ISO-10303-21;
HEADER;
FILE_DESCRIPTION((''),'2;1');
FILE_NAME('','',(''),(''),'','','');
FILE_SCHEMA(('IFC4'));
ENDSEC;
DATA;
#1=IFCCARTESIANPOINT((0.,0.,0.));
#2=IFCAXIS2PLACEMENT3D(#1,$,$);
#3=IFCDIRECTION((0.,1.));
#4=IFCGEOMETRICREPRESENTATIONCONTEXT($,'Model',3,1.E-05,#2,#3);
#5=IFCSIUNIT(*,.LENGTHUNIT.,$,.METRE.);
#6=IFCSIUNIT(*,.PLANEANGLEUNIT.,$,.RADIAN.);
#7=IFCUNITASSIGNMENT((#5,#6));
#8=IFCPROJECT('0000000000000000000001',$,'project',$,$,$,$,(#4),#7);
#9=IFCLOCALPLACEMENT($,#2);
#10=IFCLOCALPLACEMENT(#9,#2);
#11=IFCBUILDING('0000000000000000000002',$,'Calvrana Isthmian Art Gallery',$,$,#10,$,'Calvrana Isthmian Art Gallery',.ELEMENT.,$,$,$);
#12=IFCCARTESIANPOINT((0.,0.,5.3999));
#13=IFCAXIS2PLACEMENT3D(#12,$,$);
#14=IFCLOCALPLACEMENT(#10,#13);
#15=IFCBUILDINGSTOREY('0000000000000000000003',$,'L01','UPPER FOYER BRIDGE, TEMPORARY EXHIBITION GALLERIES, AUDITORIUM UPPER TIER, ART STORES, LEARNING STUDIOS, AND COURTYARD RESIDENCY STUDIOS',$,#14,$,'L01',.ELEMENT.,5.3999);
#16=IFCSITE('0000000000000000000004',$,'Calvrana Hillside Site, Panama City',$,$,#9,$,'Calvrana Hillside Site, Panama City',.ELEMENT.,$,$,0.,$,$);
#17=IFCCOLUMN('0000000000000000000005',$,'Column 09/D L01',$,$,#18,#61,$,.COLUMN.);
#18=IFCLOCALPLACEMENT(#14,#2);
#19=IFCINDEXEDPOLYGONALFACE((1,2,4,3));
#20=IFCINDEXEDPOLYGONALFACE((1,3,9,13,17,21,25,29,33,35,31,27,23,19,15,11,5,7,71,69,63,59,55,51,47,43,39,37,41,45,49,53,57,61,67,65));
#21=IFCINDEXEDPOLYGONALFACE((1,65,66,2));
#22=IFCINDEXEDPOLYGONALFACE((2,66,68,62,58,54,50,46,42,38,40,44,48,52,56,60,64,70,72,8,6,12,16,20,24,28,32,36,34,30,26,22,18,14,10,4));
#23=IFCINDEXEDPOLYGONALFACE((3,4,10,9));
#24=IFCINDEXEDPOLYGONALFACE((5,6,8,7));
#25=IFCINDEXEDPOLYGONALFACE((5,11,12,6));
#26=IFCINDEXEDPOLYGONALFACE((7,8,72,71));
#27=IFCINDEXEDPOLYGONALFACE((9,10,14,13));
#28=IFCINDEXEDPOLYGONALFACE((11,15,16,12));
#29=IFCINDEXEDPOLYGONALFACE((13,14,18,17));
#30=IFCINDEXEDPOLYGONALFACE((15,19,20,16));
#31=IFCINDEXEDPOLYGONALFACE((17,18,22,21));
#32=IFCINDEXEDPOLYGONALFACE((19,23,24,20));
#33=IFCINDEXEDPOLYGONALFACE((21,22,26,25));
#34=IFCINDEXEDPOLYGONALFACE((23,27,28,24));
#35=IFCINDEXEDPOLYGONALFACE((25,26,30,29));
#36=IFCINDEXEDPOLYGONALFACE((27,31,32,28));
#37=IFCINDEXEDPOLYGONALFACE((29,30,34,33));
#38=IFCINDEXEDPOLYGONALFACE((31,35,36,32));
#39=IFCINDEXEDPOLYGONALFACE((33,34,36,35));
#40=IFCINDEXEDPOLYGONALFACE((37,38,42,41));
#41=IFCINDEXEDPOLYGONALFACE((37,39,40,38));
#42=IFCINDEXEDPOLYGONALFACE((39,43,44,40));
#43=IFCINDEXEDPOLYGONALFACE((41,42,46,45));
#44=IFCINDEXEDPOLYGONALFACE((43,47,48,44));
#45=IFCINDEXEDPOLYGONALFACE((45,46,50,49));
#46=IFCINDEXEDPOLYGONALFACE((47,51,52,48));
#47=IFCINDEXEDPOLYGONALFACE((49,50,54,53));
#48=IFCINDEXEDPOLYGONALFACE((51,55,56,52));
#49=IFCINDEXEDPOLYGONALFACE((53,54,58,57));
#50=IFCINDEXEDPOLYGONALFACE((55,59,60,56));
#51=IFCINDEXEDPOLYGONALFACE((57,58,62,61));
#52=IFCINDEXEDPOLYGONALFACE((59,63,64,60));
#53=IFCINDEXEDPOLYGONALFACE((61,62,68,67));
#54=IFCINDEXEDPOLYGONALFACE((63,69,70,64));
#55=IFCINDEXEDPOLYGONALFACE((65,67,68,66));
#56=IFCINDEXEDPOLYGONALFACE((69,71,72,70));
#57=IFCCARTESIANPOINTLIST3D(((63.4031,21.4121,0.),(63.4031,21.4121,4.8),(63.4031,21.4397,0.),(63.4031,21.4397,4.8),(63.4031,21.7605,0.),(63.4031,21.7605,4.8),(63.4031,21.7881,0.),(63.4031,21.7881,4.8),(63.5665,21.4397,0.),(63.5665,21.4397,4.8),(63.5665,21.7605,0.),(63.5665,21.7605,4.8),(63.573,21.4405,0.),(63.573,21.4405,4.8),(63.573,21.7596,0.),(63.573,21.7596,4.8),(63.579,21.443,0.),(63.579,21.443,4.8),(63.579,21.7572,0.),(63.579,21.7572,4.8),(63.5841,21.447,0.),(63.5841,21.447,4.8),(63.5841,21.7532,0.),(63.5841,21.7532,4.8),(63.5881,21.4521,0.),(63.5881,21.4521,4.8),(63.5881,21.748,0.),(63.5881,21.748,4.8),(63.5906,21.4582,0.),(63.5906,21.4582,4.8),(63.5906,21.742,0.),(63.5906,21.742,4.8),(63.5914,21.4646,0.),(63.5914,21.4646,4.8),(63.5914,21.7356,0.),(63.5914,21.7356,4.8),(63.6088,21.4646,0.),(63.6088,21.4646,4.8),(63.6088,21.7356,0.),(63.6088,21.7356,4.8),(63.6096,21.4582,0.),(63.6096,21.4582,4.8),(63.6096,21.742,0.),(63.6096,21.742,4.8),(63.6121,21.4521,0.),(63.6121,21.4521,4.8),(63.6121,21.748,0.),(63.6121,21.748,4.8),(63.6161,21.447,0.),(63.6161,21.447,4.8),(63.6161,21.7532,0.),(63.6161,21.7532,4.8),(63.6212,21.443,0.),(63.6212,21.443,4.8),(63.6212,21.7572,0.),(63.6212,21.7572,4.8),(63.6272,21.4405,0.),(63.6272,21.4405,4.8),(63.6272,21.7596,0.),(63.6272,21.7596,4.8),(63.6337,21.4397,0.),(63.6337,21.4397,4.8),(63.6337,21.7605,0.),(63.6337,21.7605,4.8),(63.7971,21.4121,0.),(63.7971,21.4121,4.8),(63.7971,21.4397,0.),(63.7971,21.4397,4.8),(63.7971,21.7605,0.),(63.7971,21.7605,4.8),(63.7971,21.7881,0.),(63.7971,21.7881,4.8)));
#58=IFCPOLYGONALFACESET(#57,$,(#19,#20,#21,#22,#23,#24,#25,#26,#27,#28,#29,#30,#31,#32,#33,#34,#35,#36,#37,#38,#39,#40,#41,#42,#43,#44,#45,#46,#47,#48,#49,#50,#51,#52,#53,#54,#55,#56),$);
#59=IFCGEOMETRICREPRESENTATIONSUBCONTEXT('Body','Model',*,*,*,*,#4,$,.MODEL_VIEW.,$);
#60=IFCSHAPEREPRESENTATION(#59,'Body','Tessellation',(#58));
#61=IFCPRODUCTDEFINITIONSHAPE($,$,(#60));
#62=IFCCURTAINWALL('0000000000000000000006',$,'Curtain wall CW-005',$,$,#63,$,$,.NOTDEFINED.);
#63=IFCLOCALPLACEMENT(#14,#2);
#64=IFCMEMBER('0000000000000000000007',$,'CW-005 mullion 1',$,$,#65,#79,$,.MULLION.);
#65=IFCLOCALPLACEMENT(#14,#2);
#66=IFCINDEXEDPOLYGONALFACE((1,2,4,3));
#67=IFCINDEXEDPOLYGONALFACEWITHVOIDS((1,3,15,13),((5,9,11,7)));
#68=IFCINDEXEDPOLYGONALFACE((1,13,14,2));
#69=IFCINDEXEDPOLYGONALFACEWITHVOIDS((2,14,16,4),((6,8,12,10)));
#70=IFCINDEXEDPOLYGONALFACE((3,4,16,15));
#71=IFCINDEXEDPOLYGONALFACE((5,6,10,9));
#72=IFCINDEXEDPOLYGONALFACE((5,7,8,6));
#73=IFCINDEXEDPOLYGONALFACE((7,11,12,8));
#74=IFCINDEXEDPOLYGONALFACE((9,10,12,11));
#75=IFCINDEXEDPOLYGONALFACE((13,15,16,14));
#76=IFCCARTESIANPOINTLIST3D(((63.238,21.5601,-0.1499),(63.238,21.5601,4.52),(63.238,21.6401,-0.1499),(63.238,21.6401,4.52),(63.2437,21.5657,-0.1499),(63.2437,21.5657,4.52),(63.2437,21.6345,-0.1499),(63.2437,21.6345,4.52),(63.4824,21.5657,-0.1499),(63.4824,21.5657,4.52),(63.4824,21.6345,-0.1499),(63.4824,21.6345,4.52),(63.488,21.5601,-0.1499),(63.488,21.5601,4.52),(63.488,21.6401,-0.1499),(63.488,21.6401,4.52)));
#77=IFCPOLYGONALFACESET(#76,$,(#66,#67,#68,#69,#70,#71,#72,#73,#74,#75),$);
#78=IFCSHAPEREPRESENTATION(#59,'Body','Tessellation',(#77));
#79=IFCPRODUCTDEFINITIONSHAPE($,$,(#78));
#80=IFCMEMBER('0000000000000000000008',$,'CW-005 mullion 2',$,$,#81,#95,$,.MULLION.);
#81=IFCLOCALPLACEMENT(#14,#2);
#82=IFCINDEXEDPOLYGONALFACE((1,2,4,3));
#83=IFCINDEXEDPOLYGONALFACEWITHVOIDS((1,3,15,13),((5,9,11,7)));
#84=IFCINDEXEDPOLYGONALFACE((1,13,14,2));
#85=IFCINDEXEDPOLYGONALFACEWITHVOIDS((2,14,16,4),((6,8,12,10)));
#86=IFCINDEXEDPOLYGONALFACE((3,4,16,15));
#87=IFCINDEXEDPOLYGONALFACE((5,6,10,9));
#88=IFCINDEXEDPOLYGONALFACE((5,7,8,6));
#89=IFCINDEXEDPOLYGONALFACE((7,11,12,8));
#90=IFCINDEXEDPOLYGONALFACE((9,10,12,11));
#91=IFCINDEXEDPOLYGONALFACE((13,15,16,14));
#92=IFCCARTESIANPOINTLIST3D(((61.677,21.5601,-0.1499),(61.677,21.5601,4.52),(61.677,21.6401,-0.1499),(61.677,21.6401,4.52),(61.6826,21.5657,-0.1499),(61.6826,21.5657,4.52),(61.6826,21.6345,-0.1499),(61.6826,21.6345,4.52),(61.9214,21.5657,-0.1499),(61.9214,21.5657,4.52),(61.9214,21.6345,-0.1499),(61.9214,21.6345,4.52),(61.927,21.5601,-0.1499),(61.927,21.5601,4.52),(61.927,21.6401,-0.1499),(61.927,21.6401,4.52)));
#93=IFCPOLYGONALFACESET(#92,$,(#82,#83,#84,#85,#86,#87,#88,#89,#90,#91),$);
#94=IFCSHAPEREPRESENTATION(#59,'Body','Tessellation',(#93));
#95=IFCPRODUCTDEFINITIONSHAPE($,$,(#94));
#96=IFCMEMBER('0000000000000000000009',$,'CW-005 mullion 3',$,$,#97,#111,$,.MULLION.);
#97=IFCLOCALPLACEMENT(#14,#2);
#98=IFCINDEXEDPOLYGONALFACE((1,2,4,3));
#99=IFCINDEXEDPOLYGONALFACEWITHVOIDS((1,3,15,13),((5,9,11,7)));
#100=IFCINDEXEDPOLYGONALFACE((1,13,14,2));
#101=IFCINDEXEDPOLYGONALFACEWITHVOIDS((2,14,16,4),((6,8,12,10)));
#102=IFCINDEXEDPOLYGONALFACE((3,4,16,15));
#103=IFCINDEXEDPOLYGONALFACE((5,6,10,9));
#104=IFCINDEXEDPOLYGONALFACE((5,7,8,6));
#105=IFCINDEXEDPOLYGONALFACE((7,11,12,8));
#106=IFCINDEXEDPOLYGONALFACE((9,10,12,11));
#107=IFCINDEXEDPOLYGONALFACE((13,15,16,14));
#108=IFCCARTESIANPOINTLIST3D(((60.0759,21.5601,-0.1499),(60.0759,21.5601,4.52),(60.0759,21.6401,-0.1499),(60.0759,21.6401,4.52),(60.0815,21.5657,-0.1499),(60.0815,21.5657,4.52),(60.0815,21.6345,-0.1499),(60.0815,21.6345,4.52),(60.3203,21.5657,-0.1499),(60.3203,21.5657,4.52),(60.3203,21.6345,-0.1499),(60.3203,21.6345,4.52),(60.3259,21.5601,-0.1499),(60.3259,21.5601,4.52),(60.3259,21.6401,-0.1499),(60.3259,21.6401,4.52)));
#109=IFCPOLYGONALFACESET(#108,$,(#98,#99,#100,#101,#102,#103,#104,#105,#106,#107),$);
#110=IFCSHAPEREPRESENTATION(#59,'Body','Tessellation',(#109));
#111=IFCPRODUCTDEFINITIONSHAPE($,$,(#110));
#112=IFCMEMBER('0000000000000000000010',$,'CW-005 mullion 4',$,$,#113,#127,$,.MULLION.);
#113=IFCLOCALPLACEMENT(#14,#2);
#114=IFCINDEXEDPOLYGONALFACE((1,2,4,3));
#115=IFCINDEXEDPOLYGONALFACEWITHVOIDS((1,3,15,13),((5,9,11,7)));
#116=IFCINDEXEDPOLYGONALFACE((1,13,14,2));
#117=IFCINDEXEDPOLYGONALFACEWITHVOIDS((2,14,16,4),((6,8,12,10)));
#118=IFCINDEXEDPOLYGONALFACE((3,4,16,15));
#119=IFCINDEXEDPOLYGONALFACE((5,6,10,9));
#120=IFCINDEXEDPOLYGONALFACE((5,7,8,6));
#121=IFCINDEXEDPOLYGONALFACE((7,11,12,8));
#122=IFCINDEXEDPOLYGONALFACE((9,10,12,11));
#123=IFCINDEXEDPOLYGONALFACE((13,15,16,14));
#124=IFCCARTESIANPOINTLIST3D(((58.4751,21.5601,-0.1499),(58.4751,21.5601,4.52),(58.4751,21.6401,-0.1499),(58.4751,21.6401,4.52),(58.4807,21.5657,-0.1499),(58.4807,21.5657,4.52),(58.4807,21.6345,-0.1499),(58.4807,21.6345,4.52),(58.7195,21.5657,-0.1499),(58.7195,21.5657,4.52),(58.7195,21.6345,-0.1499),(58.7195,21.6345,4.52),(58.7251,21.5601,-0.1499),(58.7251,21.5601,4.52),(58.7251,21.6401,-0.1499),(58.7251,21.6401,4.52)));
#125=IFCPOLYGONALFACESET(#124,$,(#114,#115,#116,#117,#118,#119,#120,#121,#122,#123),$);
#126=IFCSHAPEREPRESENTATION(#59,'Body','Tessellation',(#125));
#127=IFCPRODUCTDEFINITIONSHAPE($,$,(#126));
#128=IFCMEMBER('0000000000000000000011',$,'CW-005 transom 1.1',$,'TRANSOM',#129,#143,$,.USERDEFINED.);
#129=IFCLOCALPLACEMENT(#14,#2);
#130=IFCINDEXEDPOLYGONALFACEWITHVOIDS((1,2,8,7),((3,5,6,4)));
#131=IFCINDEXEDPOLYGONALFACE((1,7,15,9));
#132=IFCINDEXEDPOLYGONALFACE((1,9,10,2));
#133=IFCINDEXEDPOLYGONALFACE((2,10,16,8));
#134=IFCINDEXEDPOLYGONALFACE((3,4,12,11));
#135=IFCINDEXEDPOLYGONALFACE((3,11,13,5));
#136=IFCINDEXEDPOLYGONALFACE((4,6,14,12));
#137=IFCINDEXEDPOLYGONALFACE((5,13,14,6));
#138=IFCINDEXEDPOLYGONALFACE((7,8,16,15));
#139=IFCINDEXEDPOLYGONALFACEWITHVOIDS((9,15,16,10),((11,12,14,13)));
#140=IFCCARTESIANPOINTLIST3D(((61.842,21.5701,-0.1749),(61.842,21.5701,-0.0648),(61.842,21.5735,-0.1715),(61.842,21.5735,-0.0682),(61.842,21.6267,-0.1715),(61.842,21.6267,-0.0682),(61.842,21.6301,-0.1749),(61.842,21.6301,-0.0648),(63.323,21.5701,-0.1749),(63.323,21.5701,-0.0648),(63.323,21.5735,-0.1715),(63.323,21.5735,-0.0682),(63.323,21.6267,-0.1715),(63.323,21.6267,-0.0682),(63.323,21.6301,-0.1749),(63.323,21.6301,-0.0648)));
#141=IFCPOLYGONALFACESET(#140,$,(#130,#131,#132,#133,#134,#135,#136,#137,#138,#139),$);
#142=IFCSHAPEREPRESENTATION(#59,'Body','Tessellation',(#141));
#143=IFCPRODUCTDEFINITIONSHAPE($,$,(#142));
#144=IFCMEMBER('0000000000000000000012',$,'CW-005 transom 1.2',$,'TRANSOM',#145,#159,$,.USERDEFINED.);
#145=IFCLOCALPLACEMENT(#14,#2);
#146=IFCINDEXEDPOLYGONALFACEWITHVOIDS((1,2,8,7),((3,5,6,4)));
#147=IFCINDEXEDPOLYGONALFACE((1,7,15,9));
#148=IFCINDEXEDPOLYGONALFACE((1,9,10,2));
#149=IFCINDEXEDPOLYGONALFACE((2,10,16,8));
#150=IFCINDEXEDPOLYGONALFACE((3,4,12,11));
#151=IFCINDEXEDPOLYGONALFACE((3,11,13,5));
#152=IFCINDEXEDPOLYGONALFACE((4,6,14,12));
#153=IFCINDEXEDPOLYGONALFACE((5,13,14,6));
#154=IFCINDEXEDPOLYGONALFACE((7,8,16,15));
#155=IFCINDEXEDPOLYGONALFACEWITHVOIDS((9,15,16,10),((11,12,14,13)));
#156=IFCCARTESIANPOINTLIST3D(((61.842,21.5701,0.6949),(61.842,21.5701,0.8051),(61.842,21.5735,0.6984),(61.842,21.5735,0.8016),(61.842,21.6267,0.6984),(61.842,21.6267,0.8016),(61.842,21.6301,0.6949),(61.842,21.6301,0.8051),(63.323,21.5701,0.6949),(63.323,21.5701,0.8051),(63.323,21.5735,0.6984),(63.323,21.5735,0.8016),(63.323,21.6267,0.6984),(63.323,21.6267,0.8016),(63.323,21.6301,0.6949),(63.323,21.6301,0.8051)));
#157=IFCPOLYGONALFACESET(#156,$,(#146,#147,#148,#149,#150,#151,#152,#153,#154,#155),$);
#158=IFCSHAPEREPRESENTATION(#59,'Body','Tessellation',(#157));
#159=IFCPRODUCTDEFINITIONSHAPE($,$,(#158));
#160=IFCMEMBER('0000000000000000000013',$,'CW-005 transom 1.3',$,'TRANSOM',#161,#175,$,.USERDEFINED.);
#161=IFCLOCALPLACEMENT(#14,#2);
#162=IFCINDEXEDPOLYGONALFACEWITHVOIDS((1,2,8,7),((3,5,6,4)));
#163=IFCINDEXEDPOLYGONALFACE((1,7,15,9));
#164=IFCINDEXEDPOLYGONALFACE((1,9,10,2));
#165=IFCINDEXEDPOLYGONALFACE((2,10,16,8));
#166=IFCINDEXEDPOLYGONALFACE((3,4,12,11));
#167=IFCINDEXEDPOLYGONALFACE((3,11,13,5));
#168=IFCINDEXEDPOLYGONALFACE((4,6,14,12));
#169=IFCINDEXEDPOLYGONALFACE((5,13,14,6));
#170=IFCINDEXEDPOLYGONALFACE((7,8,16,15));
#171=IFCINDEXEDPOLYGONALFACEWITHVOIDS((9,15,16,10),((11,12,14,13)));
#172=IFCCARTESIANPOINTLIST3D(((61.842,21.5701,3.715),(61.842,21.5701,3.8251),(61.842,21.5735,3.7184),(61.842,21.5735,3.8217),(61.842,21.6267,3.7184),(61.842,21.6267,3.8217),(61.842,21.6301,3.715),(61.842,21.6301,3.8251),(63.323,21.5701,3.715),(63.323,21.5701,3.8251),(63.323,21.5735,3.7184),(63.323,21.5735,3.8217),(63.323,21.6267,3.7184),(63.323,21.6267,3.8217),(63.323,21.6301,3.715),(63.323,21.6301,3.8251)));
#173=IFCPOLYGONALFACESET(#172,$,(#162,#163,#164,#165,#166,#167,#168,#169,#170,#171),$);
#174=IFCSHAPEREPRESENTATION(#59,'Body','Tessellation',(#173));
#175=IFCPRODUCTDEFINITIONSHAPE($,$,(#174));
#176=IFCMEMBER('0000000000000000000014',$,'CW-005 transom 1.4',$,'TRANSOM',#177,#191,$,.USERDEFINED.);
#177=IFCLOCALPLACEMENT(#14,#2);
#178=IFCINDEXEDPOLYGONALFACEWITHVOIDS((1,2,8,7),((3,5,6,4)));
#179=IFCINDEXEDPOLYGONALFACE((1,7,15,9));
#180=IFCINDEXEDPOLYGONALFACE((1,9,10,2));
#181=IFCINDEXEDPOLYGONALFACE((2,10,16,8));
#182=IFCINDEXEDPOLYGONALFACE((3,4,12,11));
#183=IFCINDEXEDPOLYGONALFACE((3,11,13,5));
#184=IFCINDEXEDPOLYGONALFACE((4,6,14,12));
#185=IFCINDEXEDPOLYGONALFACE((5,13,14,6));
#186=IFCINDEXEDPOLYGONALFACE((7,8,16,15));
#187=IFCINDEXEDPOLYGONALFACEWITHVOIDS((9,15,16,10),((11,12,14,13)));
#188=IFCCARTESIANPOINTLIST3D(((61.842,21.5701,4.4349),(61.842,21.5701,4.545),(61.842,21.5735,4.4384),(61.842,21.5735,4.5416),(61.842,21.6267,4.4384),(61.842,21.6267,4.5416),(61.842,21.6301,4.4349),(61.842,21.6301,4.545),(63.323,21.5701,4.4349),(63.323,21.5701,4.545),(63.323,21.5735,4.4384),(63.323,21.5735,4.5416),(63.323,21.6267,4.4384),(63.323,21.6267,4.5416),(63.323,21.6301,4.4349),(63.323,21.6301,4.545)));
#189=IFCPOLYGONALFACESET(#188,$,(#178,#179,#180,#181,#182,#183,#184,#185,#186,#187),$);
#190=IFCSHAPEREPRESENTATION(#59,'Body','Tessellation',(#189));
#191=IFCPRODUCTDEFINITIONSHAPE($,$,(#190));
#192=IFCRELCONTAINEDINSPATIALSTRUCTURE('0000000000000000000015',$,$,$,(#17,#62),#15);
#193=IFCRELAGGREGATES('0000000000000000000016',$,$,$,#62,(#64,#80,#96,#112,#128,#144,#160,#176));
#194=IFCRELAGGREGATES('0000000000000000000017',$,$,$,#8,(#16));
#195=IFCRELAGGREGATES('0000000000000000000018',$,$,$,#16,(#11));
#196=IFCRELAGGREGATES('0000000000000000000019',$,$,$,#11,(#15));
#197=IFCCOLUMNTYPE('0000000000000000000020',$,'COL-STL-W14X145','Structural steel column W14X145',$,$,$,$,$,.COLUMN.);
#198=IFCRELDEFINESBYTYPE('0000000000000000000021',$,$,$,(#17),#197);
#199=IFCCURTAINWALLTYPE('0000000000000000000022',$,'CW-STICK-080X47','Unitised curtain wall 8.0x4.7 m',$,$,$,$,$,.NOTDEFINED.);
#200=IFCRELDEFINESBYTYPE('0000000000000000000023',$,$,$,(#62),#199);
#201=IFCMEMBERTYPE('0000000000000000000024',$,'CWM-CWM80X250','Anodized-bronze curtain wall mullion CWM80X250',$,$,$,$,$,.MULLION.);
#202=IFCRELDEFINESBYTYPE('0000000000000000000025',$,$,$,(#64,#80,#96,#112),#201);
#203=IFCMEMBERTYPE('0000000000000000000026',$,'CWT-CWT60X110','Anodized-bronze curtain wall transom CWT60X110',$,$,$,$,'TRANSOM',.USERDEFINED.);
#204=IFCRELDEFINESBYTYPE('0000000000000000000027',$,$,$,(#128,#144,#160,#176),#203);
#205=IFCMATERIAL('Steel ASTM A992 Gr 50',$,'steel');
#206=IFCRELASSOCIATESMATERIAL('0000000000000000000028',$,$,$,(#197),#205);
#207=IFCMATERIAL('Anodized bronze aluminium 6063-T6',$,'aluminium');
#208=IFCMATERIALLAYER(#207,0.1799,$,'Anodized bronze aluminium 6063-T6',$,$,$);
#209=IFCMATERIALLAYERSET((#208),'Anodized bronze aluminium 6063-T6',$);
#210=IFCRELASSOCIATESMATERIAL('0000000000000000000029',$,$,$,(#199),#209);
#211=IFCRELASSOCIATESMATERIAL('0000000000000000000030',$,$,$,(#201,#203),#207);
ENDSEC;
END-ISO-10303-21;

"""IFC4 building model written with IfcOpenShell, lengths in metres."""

from ifc_helpers import new_model, si_unit, direction, frame, origin, origin_2d, place, context, subcontext, project, spatial, hollow_rectangle, i_section, extrude, material, layer, layer_set, material_profile, profile_set, type_object, element, aggregate, save


model = new_model("IFC4")

# Units and contexts
model_context = context("Model", 3, precision=1e-05, world=origin(), true_north=direction((0.0, 1.0)))
body_context = subcontext(model_context, "Body", "Model", "MODEL_VIEW")
ifc_project = project(units=[si_unit("LENGTHUNIT", "METRE"), si_unit("PLANEANGLEUNIT", "RADIAN")], contexts=[model_context])

# Site, building, storey
site_placement = place(None, origin())
site = spatial("IfcSite", under=ifc_project, at=site_placement, Name="Calvrana Hillside Site, Panama City", LongName="Calvrana Hillside Site, Panama City", CompositionType="ELEMENT", RefElevation=0.0)
building_placement = place(site_placement, origin())
building = spatial("IfcBuilding", under=site, at=building_placement, Name="Calvrana Isthmian Art Gallery", LongName="Calvrana Isthmian Art Gallery", CompositionType="ELEMENT")
storey_placement = place(building_placement, frame((0.0, 0.0, 5.3999)))
storey = spatial("IfcBuildingStorey", under=building, at=storey_placement, Name="L01", Description="UPPER FOYER BRIDGE, TEMPORARY EXHIBITION GALLERIES, AUDITORIUM UPPER TIER, ART STORES, LEARNING STUDIOS, AND COURTYARD RESIDENCY STUDIOS", LongName="L01", CompositionType="ELEMENT", Elevation=5.3999)

# Column
ifc_material_1 = material(Name="Steel ASTM A992 Gr 50", Category="steel")
ifc_material_profile_1 = material_profile(ifc_material_1, i_section(OverallWidth=0.394, OverallDepth=0.376, WebThickness=0.0173, FlangeThickness=0.0276, FilletRadius=0.0249, at=origin_2d()), Name="W14X145")
ifc_profile_set_1 = profile_set([ifc_material_profile_1], Name="Steel ASTM A992 Gr 50")
column_type = type_object("IfcColumnType", Name="COL-STL-W14X145", Description="Structural steel column W14X145", PredefinedType="COLUMN", material=ifc_profile_set_1)
column_placement = place(storey_placement, frame((63.6001, 21.6001, 0.0), z_axis=(0.0, 0.0, 1.0), x_axis=(1.0, 0.0, 0.0)))
element("IfcColumn", 1, at=column_placement, inside=storey, type_object=column_type, Name="Column 09/D L01", PredefinedType="COLUMN", context=body_context, shape_type="SweptSolid", body=[
    extrude(i_section(OverallWidth=0.394, OverallDepth=0.376, WebThickness=0.0173, FlangeThickness=0.0276, FilletRadius=0.0249, at=origin_2d()), origin(), (0.0, 0.0, 1.0), 4.8),
])

# Curtain wall, members
ifc_material_2 = material(Name="Anodized bronze aluminium 6063-T6", Category="aluminium")
ifc_layer_1 = layer(ifc_material_2, 0.1799, Name="Anodized bronze aluminium 6063-T6")
ifc_layer_set_1 = layer_set([ifc_layer_1], Name="Anodized bronze aluminium 6063-T6")
curtain_wall_type = type_object("IfcCurtainWallType", Name="CW-STICK-080X47", Description="Unitised curtain wall 8.0x4.7 m", PredefinedType="NOTDEFINED", material=ifc_layer_set_1)
curtain_wall_placement = place(storey_placement, origin())
curtain_wall = element("IfcCurtainWall", 2, at=curtain_wall_placement, inside=storey, type_object=curtain_wall_type, Name="Curtain wall CW-005", PredefinedType="NOTDEFINED")
ifc_material_profile_2 = material_profile(ifc_material_2, hollow_rectangle(XDim=0.0801, YDim=0.25, WallThickness=0.0056, at=origin_2d()), Name="CWM80X250")
ifc_profile_set_2 = profile_set([ifc_material_profile_2], Name="Anodized bronze aluminium 6063-T6")
member_type_1 = type_object("IfcMemberType", Name="CWM-CWM80X250", Description="Anodized-bronze curtain wall mullion CWM80X250", PredefinedType="MULLION", material=ifc_profile_set_2)
member_1_placement = place(storey_placement, frame((63.363, 21.6001, -0.1499), z_axis=(0.0, 0.0, 1.0), x_axis=(0.0, -1.0, 0.0)))
member_1 = element("IfcMember", 3, at=member_1_placement, type_object=member_type_1, Name="CW-005 mullion 1", PredefinedType="MULLION", context=body_context, shape_type="SweptSolid", body=[
    extrude(hollow_rectangle(XDim=0.0801, YDim=0.25, WallThickness=0.0056, at=origin_2d()), origin(), (0.0, 0.0, 1.0), 4.6699),
])
member_2_placement = place(storey_placement, frame((61.802, 21.6001, -0.1499), z_axis=(0.0, 0.0, 1.0), x_axis=(0.0, -1.0, 0.0)))
member_2 = element("IfcMember", 4, at=member_2_placement, type_object=member_type_1, Name="CW-005 mullion 2", PredefinedType="MULLION", context=body_context, shape_type="SweptSolid", body=[
    extrude(hollow_rectangle(XDim=0.0801, YDim=0.25, WallThickness=0.0056, at=origin_2d()), origin(), (0.0, 0.0, 1.0), 4.6699),
])
member_3_placement = place(storey_placement, frame((60.2009, 21.6001, -0.1499), z_axis=(0.0, 0.0, 1.0), x_axis=(0.0, -1.0, 0.0)))
member_3 = element("IfcMember", 5, at=member_3_placement, type_object=member_type_1, Name="CW-005 mullion 3", PredefinedType="MULLION", context=body_context, shape_type="SweptSolid", body=[
    extrude(hollow_rectangle(XDim=0.0801, YDim=0.25, WallThickness=0.0056, at=origin_2d()), origin(), (0.0, 0.0, 1.0), 4.6699),
])
member_4_placement = place(storey_placement, frame((58.6001, 21.6001, -0.1499), z_axis=(0.0, 0.0, 1.0), x_axis=(0.0, -1.0, 0.0)))
member_4 = element("IfcMember", 6, at=member_4_placement, type_object=member_type_1, Name="CW-005 mullion 4", PredefinedType="MULLION", context=body_context, shape_type="SweptSolid", body=[
    extrude(hollow_rectangle(XDim=0.0801, YDim=0.25, WallThickness=0.0056, at=origin_2d()), origin(), (0.0, 0.0, 1.0), 4.6699),
])
ifc_material_profile_3 = material_profile(ifc_material_2, hollow_rectangle(XDim=0.0601, YDim=0.1101, WallThickness=0.0034, at=origin_2d()), Name="CWT60X110")
ifc_profile_set_3 = profile_set([ifc_material_profile_3], Name="Anodized bronze aluminium 6063-T6")
member_type_2 = type_object("IfcMemberType", Name="CWT-CWT60X110", Description="Anodized-bronze curtain wall transom CWT60X110", ElementType="TRANSOM", PredefinedType="USERDEFINED", material=ifc_profile_set_3)
member_5_placement = place(storey_placement, frame((63.323, 21.6001, -0.1199), z_axis=(-1.0, 0.0, 0.0), x_axis=(0.0, -1.0, 0.0)))
member_5 = element("IfcMember", 7, at=member_5_placement, type_object=member_type_2, Name="CW-005 transom 1.1", ObjectType="TRANSOM", PredefinedType="USERDEFINED", context=body_context, shape_type="SweptSolid", body=[
    extrude(hollow_rectangle(XDim=0.0601, YDim=0.1101, WallThickness=0.0034, at=origin_2d()), origin(), (0.0, 0.0, 1.0), 1.481),
])
member_6_placement = place(storey_placement, frame((63.323, 21.6001, 0.75), z_axis=(-1.0, 0.0, 0.0), x_axis=(0.0, -1.0, 0.0)))
member_6 = element("IfcMember", 8, at=member_6_placement, type_object=member_type_2, Name="CW-005 transom 1.2", ObjectType="TRANSOM", PredefinedType="USERDEFINED", context=body_context, shape_type="SweptSolid", body=[
    extrude(hollow_rectangle(XDim=0.0601, YDim=0.1101, WallThickness=0.0034, at=origin_2d()), origin(), (0.0, 0.0, 1.0), 1.481),
])
member_7_placement = place(storey_placement, frame((63.323, 21.6001, 3.77), z_axis=(-1.0, 0.0, 0.0), x_axis=(0.0, -1.0, 0.0)))
member_7 = element("IfcMember", 9, at=member_7_placement, type_object=member_type_2, Name="CW-005 transom 1.3", ObjectType="TRANSOM", PredefinedType="USERDEFINED", context=body_context, shape_type="SweptSolid", body=[
    extrude(hollow_rectangle(XDim=0.0601, YDim=0.1101, WallThickness=0.0034, at=origin_2d()), origin(), (0.0, 0.0, 1.0), 1.481),
])
member_8_placement = place(storey_placement, frame((63.323, 21.6001, 4.49), z_axis=(-1.0, 0.0, 0.0), x_axis=(0.0, -1.0, 0.0)))
member_8 = element("IfcMember", 10, at=member_8_placement, type_object=member_type_2, Name="CW-005 transom 1.4", ObjectType="TRANSOM", PredefinedType="USERDEFINED", context=body_context, shape_type="SweptSolid", body=[
    extrude(hollow_rectangle(XDim=0.0601, YDim=0.1101, WallThickness=0.0034, at=origin_2d()), origin(), (0.0, 0.0, 1.0), 1.481),
])
aggregate(curtain_wall, [member_1, member_2, member_3, member_4, member_5, member_6, member_7, member_8])

save(model, "model.ifc")
